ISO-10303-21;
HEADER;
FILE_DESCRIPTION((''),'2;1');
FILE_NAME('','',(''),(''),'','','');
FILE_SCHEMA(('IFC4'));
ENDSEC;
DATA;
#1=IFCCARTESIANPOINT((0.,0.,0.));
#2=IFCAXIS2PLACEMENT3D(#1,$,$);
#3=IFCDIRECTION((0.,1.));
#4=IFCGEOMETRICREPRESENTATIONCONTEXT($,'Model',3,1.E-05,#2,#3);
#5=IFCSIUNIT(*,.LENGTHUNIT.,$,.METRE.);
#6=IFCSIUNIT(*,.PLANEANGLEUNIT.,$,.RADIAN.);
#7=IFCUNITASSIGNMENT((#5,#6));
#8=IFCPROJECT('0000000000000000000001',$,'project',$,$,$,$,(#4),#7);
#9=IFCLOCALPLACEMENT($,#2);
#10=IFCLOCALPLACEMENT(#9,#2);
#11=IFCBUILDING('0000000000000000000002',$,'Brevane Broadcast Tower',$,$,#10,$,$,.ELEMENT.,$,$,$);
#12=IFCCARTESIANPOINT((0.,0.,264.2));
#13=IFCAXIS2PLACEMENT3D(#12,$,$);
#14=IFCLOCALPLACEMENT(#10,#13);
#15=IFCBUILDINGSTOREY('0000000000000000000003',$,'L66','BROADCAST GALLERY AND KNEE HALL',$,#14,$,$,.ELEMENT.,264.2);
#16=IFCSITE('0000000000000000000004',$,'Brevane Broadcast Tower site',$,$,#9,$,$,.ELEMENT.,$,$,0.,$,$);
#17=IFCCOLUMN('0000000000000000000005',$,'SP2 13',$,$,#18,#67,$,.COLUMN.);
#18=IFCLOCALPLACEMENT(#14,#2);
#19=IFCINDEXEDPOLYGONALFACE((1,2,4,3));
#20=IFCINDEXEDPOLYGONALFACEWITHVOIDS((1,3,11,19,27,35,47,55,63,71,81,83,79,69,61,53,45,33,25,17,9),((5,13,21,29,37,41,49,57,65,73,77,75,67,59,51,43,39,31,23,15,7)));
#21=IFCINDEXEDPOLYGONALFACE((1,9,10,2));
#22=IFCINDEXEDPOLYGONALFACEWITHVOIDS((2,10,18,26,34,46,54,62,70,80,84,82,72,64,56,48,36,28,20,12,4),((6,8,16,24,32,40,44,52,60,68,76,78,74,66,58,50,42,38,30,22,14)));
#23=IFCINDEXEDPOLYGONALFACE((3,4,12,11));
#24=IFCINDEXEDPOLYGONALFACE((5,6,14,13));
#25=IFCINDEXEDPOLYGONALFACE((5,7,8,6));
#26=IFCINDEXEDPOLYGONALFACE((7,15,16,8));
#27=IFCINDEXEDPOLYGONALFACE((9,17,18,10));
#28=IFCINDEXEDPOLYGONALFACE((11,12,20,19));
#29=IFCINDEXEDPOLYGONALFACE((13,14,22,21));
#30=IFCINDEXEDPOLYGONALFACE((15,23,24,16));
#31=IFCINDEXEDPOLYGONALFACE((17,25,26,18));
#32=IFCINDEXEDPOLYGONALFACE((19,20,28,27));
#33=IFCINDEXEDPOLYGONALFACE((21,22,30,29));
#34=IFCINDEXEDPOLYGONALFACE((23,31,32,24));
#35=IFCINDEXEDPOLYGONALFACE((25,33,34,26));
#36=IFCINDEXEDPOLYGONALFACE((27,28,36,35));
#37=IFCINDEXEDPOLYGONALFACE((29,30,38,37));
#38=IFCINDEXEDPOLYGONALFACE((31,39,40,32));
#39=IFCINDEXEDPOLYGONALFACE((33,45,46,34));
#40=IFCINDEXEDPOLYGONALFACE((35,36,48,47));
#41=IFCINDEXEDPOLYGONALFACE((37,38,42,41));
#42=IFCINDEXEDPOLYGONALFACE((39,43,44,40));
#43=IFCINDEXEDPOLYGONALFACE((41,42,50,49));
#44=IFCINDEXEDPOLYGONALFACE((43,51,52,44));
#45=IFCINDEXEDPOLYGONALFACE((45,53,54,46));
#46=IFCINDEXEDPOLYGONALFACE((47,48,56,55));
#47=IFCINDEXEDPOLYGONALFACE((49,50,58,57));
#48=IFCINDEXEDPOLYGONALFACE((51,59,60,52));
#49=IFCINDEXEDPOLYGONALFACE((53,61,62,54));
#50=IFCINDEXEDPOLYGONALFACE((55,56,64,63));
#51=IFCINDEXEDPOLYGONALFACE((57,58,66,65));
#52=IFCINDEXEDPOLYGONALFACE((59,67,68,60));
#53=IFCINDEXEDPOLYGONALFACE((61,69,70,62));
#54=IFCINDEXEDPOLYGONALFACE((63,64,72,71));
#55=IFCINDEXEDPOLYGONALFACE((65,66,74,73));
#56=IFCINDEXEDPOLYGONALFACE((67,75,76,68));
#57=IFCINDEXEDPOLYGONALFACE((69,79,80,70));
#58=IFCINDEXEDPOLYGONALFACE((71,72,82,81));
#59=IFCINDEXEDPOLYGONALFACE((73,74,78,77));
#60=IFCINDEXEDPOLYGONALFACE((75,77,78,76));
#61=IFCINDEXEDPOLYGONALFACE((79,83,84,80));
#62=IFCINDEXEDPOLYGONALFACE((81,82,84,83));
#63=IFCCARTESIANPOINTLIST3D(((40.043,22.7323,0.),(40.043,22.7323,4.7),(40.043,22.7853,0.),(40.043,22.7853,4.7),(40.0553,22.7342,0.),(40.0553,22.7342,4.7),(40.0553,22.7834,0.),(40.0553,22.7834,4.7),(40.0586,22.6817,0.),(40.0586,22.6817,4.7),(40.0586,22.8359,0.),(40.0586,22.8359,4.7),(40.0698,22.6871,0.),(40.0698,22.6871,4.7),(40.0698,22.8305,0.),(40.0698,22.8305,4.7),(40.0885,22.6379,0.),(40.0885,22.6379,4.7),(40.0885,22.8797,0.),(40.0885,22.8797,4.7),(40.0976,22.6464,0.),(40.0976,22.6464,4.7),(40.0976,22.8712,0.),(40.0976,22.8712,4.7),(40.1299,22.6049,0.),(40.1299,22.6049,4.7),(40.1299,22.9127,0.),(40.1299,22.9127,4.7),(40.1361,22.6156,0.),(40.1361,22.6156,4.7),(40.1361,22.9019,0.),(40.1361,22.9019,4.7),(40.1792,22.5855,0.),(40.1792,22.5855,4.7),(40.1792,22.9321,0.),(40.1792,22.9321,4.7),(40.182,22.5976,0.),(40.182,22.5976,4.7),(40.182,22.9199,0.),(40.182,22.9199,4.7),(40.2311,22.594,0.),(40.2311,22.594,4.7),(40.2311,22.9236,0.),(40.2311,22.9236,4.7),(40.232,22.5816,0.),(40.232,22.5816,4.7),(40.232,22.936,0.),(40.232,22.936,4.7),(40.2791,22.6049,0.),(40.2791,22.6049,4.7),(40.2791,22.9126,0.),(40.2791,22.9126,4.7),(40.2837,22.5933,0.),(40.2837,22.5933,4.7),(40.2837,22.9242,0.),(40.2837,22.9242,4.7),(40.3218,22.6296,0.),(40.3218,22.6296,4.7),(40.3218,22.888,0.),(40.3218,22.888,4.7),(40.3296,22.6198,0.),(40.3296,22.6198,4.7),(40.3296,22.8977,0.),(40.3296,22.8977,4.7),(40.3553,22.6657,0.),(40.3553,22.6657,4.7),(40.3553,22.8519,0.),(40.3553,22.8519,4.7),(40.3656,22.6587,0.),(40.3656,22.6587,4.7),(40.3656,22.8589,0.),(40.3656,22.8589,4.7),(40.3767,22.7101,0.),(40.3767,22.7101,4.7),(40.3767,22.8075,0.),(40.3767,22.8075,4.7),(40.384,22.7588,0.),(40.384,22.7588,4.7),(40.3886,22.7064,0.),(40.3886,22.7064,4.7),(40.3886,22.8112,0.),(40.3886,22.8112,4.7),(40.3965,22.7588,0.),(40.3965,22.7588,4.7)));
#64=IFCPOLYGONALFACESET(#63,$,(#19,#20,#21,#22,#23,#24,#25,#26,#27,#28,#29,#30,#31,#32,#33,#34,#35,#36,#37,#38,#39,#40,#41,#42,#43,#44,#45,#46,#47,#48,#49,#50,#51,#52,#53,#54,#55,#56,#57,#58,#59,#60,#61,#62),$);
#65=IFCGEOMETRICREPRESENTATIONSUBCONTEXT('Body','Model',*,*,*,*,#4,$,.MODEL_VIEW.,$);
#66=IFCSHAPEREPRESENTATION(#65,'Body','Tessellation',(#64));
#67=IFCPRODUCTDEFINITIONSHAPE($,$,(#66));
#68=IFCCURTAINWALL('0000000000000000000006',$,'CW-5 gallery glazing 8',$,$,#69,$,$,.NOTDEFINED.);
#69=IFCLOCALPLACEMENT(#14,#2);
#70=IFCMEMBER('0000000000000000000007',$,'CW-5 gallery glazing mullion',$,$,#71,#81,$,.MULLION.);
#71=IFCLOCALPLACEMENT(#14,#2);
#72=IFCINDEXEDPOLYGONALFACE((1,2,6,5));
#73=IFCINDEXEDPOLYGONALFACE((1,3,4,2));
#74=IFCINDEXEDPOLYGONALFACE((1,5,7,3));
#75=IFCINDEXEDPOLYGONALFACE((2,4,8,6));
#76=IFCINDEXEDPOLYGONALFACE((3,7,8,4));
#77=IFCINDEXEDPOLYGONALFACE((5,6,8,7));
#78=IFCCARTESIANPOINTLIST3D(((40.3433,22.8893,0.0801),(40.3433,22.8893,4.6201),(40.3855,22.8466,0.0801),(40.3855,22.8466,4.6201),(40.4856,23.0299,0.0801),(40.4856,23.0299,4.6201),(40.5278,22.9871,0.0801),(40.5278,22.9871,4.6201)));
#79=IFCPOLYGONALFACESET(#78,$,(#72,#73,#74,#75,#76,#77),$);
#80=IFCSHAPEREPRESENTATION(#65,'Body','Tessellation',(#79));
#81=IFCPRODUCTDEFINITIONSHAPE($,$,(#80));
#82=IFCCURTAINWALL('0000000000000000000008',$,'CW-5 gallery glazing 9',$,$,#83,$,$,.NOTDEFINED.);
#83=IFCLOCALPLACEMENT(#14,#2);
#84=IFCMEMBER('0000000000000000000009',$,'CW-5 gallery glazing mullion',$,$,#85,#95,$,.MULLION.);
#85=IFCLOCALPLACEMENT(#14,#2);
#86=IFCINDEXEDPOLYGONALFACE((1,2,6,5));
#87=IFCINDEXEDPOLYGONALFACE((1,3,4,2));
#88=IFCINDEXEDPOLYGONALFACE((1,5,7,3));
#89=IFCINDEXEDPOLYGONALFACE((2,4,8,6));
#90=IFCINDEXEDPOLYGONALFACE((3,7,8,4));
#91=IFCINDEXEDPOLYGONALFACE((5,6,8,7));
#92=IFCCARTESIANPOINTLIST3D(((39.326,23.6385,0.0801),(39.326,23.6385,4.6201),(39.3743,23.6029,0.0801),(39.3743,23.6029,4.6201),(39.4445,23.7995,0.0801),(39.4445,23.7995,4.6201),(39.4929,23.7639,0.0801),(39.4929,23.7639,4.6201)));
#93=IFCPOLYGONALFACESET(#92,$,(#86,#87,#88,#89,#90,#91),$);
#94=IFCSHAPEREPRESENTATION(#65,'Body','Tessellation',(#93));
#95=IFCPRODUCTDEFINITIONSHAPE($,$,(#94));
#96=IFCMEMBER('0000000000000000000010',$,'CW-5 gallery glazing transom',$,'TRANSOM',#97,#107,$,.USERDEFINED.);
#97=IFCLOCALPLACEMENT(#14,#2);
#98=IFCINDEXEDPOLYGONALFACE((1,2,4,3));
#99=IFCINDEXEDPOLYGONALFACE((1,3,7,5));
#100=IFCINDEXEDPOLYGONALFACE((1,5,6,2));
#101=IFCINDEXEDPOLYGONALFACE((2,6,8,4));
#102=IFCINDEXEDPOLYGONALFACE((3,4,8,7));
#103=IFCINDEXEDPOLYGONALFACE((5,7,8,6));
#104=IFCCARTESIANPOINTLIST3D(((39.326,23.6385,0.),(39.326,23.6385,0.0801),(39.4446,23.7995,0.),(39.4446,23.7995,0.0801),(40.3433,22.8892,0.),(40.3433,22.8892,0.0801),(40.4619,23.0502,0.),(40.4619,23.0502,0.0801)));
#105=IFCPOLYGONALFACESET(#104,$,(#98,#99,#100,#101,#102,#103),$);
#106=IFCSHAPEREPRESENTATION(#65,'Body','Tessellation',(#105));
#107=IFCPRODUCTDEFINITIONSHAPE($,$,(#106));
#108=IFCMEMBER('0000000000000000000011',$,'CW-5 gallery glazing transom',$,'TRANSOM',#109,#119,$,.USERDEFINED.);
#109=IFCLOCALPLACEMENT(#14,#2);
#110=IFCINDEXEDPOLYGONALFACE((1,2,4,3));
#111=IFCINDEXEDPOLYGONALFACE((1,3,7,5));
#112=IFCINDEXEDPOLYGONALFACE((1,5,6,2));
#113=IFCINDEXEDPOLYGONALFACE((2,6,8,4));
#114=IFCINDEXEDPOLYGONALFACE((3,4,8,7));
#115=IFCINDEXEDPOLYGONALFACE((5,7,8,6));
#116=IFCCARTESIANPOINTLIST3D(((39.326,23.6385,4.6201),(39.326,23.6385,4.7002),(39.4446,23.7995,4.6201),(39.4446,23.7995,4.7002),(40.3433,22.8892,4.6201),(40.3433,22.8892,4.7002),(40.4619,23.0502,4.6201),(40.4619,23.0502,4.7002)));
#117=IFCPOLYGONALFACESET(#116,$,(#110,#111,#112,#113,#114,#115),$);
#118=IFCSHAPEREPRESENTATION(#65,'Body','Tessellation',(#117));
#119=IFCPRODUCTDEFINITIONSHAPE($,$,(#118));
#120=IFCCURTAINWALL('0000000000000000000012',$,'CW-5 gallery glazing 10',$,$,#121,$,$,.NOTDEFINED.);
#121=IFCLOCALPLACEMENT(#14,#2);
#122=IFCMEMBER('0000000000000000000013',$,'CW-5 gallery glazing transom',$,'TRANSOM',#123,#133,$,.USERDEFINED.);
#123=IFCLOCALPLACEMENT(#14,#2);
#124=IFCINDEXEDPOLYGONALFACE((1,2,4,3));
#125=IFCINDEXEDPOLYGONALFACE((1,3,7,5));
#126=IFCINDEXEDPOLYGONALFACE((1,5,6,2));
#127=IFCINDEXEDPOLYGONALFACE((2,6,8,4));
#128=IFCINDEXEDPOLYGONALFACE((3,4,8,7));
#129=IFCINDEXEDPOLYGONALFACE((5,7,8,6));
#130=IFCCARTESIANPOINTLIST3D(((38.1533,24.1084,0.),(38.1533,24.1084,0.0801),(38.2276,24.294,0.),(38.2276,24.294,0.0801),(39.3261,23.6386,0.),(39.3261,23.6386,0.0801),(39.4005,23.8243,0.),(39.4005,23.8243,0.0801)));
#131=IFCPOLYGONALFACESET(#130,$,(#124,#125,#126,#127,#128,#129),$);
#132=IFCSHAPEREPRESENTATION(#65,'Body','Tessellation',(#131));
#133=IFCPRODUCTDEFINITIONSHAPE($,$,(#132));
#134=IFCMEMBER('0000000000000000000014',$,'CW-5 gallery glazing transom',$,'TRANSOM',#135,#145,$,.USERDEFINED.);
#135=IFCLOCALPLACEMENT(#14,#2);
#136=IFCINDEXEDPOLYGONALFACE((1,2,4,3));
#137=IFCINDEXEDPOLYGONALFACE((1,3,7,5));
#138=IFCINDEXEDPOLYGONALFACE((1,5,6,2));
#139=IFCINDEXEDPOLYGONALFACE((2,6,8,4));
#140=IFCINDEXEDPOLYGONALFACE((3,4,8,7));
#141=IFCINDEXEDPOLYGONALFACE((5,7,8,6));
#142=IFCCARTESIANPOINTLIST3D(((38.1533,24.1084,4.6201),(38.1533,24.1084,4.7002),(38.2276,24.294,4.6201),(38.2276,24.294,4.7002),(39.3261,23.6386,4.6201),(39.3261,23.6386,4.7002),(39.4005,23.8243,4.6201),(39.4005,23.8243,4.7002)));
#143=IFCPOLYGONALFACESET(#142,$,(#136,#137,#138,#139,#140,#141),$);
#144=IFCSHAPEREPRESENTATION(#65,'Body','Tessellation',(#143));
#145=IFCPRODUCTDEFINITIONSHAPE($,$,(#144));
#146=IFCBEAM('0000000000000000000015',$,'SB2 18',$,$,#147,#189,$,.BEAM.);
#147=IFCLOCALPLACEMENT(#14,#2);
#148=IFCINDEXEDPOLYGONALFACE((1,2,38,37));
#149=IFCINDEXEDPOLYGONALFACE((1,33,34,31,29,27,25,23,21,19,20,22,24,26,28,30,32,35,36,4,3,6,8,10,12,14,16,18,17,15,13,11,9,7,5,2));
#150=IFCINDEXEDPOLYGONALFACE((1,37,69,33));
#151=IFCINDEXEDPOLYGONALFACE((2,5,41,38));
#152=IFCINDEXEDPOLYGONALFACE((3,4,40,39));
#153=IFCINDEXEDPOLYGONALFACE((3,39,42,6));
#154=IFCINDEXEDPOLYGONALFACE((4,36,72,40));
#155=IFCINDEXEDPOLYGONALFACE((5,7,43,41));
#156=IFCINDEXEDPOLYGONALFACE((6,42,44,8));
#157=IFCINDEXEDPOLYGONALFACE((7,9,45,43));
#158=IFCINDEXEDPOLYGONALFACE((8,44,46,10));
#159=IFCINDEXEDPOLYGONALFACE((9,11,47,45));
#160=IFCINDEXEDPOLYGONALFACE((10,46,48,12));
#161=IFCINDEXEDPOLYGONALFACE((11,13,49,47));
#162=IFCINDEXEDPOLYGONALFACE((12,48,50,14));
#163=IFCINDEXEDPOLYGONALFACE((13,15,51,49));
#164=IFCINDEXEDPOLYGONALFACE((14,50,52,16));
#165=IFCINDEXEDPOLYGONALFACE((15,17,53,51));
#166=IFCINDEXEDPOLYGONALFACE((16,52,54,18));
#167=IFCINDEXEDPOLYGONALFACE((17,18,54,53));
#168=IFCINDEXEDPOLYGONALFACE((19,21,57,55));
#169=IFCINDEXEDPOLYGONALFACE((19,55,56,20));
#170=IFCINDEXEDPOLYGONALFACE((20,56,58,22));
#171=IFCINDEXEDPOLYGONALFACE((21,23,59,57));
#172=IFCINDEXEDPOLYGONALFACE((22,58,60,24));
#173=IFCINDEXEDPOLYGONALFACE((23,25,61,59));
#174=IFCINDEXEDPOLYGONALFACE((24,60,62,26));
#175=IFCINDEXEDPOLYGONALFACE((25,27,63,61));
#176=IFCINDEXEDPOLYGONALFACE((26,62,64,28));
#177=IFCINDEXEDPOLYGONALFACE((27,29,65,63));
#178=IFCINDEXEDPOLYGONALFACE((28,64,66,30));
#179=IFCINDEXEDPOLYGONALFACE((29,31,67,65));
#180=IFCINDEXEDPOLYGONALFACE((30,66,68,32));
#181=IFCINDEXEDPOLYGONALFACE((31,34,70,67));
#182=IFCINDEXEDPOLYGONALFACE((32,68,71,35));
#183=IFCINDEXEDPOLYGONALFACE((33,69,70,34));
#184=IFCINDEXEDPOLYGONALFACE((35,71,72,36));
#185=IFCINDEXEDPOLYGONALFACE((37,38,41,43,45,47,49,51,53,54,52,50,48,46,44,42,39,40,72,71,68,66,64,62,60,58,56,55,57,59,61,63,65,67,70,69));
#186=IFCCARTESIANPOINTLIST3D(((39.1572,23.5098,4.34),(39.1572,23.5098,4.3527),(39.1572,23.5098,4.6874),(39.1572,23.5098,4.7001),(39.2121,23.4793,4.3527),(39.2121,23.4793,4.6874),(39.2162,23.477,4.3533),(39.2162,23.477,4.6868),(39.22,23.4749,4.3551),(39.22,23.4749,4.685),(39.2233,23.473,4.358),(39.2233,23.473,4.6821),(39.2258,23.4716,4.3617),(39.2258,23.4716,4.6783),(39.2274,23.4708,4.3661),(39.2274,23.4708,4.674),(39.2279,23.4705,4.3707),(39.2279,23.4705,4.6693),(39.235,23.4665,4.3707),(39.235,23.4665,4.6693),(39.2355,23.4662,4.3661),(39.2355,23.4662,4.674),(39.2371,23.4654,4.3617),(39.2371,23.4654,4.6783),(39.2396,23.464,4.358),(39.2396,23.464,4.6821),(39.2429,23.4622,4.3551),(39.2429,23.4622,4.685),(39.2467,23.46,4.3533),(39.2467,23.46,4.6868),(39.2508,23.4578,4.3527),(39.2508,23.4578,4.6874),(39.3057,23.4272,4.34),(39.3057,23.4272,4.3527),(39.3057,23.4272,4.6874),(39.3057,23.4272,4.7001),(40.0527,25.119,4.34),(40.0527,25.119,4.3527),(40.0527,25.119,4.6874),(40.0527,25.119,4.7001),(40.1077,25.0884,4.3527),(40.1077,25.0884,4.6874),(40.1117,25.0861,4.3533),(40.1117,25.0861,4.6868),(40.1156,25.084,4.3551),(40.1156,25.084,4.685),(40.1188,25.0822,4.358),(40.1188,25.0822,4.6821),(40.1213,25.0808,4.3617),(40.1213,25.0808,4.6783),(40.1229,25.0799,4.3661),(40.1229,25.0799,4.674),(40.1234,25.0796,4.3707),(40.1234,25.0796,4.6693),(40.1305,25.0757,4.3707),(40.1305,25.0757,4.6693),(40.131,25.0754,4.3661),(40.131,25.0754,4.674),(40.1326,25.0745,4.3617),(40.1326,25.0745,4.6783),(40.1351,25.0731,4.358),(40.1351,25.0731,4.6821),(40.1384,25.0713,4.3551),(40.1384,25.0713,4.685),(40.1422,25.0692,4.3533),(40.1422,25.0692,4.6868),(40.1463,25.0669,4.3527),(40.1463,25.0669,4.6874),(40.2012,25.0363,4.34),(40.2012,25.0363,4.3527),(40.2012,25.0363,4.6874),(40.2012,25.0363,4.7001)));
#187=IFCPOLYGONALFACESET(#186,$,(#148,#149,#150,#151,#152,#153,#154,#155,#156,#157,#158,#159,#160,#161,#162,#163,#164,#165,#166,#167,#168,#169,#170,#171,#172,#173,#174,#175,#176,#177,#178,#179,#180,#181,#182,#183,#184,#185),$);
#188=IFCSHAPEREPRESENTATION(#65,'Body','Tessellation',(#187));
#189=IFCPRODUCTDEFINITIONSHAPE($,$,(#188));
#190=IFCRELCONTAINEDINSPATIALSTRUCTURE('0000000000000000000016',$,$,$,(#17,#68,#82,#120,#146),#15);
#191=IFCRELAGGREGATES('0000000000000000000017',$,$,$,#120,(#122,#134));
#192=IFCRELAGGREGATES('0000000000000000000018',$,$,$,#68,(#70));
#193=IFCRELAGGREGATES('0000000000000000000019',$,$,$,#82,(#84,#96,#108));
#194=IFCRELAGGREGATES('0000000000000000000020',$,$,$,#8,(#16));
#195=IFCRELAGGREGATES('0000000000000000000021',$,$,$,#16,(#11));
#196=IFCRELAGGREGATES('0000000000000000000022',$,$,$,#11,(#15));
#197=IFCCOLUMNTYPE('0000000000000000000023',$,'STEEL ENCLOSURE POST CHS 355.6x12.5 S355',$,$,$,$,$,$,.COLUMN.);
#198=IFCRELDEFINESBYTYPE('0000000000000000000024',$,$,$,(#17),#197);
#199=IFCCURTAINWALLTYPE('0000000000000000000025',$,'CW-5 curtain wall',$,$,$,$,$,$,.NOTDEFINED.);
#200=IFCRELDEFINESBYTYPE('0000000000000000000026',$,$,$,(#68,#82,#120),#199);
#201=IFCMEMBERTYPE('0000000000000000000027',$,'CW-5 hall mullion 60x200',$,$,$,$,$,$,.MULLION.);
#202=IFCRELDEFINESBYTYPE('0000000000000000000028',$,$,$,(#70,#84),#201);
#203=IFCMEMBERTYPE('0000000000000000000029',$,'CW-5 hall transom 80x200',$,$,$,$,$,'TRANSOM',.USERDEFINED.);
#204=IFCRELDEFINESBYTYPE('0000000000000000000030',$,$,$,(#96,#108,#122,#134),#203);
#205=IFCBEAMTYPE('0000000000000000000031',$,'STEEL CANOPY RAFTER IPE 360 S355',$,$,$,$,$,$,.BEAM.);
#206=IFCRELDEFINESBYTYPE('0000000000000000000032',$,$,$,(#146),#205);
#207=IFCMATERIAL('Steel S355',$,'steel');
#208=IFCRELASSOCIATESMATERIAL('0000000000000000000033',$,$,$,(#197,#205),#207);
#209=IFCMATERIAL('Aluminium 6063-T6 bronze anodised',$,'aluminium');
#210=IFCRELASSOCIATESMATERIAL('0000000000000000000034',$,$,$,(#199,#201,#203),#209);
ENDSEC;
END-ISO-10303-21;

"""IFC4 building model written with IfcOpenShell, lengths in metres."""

from ifc_helpers import new_model, si_unit, direction, frame, origin, origin_2d, place, context, subcontext, project, spatial, rectangle, hollow_circle, i_section, extrude, material, material_profile, profile_set, type_object, element, aggregate, save


model = new_model("IFC4")

# Units and contexts
model_context = context("Model", 3, precision=1e-05, world=origin(), true_north=direction((0.0, 1.0)))
body_context = subcontext(model_context, "Body", "Model", "MODEL_VIEW")
ifc_project = project(units=[si_unit("LENGTHUNIT", "METRE"), si_unit("PLANEANGLEUNIT", "RADIAN")], contexts=[model_context])

# Site, building, storey
site_placement = place(None, origin())
site = spatial("IfcSite", under=ifc_project, at=site_placement, Name="Brevane Broadcast Tower site", CompositionType="ELEMENT", RefElevation=0.0)
building_placement = place(site_placement, origin())
building = spatial("IfcBuilding", under=site, at=building_placement, Name="Brevane Broadcast Tower", CompositionType="ELEMENT")
storey_placement = place(building_placement, frame((0.0, 0.0, 264.2)))
storey = spatial("IfcBuildingStorey", under=building, at=storey_placement, Name="L66", Description="BROADCAST GALLERY AND KNEE HALL", CompositionType="ELEMENT", Elevation=264.2)

# Column
ifc_material_1 = material(Name="Steel S355", Category="steel")
ifc_material_profile_1 = material_profile(ifc_material_1, hollow_circle(Radius=0.1777, WallThickness=0.0125, at=origin_2d()), Name="CHS 355.6x12.5")
ifc_profile_set_1 = profile_set([ifc_material_profile_1], Name="Steel S355")
column_type = type_object("IfcColumnType", Name="STEEL ENCLOSURE POST CHS 355.6x12.5 S355", PredefinedType="COLUMN", material=ifc_profile_set_1)
column_placement = place(storey_placement, frame((40.2188, 22.7588, 0.0), z_axis=(0.0, 0.0, 1.0), x_axis=(1.0, 0.0, 0.0)))
element("IfcColumn", 1, at=column_placement, inside=storey, type_object=column_type, Name="SP2 13", PredefinedType="COLUMN", context=body_context, shape_type="SweptSolid", body=[
    extrude(hollow_circle(Radius=0.1777, WallThickness=0.0125, at=origin_2d()), origin(), (0.0, 0.0, 1.0), 4.7),
])

# Curtain wall, member
ifc_material_2 = material(Name="Aluminium 6063-T6 bronze anodised", Category="aluminium")
curtain_wall_type = type_object("IfcCurtainWallType", Name="CW-5 curtain wall", PredefinedType="NOTDEFINED", material=ifc_material_2)
curtain_wall_1_placement = place(storey_placement, origin())
curtain_wall_1 = element("IfcCurtainWall", 2, at=curtain_wall_1_placement, inside=storey, type_object=curtain_wall_type, Name="CW-5 gallery glazing 8", PredefinedType="NOTDEFINED")
ifc_material_profile_2 = material_profile(ifc_material_2, rectangle(XDim=0.2, YDim=0.0601, at=origin_2d()), Name="RECT 60x200")
ifc_profile_set_2 = profile_set([ifc_material_profile_2], Name="Aluminium 6063-T6 bronze anodised")
member_type_1 = type_object("IfcMemberType", Name="CW-5 hall mullion 60x200", PredefinedType="MULLION", material=ifc_profile_set_2)
member_1_placement = place(storey_placement, frame((40.4355, 22.9382, 0.0801), z_axis=(0.0, 0.0, 1.0), x_axis=(-0.711418, -0.702769, 0.0)))
member_1 = element("IfcMember", 3, at=member_1_placement, type_object=member_type_1, Name="CW-5 gallery glazing mullion", PredefinedType="MULLION", context=body_context, shape_type="SweptSolid", body=[
    extrude(rectangle(XDim=0.2, YDim=0.0601, at=origin_2d()), origin(), (0.0, 0.0, 1.0), 4.54),
])

# Curtain walls, members
curtain_wall_2_placement = place(storey_placement, origin())
curtain_wall_2 = element("IfcCurtainWall", 4, at=curtain_wall_2_placement, inside=storey, type_object=curtain_wall_type, Name="CW-5 gallery glazing 9", PredefinedType="NOTDEFINED")
member_2_placement = place(storey_placement, frame((39.4094, 23.7012, 0.0801), z_axis=(0.0, 0.0, 1.0), x_axis=(-0.593085, -0.80514, 0.0)))
member_2 = element("IfcMember", 5, at=member_2_placement, type_object=member_type_1, Name="CW-5 gallery glazing mullion", PredefinedType="MULLION", context=body_context, shape_type="SweptSolid", body=[
    extrude(rectangle(XDim=0.2, YDim=0.0601, at=origin_2d()), origin(), (0.0, 0.0, 1.0), 4.54),
])
ifc_material_profile_3 = material_profile(ifc_material_2, rectangle(XDim=0.2, YDim=0.0801, at=origin_2d()), Name="RECT 80x200")
ifc_profile_set_3 = profile_set([ifc_material_profile_3], Name="Aluminium 6063-T6 bronze anodised")
member_type_2 = type_object("IfcMemberType", Name="CW-5 hall transom 80x200", ElementType="TRANSOM", PredefinedType="USERDEFINED", material=ifc_profile_set_3)
member_3_placement = place(storey_placement, frame((40.4026, 22.9697, 0.04), z_axis=(-0.805187, 0.593021, 0.0), x_axis=(-0.593021, -0.805187, 0.0)))
member_3 = element("IfcMember", 6, at=member_3_placement, type_object=member_type_2, Name="CW-5 gallery glazing transom", ObjectType="TRANSOM", PredefinedType="USERDEFINED", context=body_context, shape_type="SweptSolid", body=[
    extrude(rectangle(XDim=0.2, YDim=0.0801, at=origin_2d()), origin(), (0.0, 0.0, 1.0), 1.2634),
])
member_4_placement = place(storey_placement, frame((40.4026, 22.9697, 4.6602), z_axis=(-0.805187, 0.593021, 0.0), x_axis=(-0.593021, -0.805187, 0.0)))
member_4 = element("IfcMember", 7, at=member_4_placement, type_object=member_type_2, Name="CW-5 gallery glazing transom", ObjectType="TRANSOM", PredefinedType="USERDEFINED", context=body_context, shape_type="SweptSolid", body=[
    extrude(rectangle(XDim=0.2, YDim=0.0801, at=origin_2d()), origin(), (0.0, 0.0, 1.0), 1.2634),
])
curtain_wall_3_placement = place(storey_placement, origin())
curtain_wall_3 = element("IfcCurtainWall", 8, at=curtain_wall_3_placement, inside=storey, type_object=curtain_wall_type, Name="CW-5 gallery glazing 10", PredefinedType="NOTDEFINED")
member_5_placement = place(storey_placement, frame((39.3633, 23.7314, 0.04), z_axis=(-0.928317, 0.37179, 0.0), x_axis=(-0.37179, -0.928317, 0.0)))
member_5 = element("IfcMember", 9, at=member_5_placement, type_object=member_type_2, Name="CW-5 gallery glazing transom", ObjectType="TRANSOM", PredefinedType="USERDEFINED", context=body_context, shape_type="SweptSolid", body=[
    extrude(rectangle(XDim=0.2, YDim=0.0801, at=origin_2d()), origin(), (0.0, 0.0, 1.0), 1.2634),
])
member_6_placement = place(storey_placement, frame((39.3633, 23.7314, 4.6602), z_axis=(-0.928317, 0.37179, 0.0), x_axis=(-0.37179, -0.928317, 0.0)))
member_6 = element("IfcMember", 10, at=member_6_placement, type_object=member_type_2, Name="CW-5 gallery glazing transom", ObjectType="TRANSOM", PredefinedType="USERDEFINED", context=body_context, shape_type="SweptSolid", body=[
    extrude(rectangle(XDim=0.2, YDim=0.0801, at=origin_2d()), origin(), (0.0, 0.0, 1.0), 1.2634),
])
aggregate(curtain_wall_3, [member_5, member_6])

# Beam
ifc_material_profile_4 = material_profile(ifc_material_1, i_section(OverallWidth=0.1699, OverallDepth=0.3601, WebThickness=0.0081, FlangeThickness=0.0127, FilletRadius=0.0181, at=origin_2d()), Name="IPE 360")
ifc_profile_set_4 = profile_set([ifc_material_profile_4], Name="Steel S355")
beam_type_1 = type_object("IfcBeamType", Name="STEEL CANOPY RAFTER IPE 360 S355", PredefinedType="BEAM", material=ifc_profile_set_4)
beam_1_placement = place(storey_placement, frame((39.2314, 23.4685, 4.52), z_axis=(0.486284, 0.873801, 0.0), x_axis=(-0.873801, 0.486284, 0.0)))
element("IfcBeam", 11, at=beam_1_placement, inside=storey, type_object=beam_type_1, Name="SB2 18", PredefinedType="BEAM", context=body_context, shape_type="SweptSolid", body=[
    extrude(i_section(OverallWidth=0.1699, OverallDepth=0.3601, WebThickness=0.0081, FlangeThickness=0.0127, FilletRadius=0.0181, at=origin_2d()), origin(), (0.0, 0.0, 1.0), 1.8416),
])

aggregate(curtain_wall_1, [member_1])
aggregate(curtain_wall_2, [member_2, member_3, member_4])

save(model, "model.ifc")
